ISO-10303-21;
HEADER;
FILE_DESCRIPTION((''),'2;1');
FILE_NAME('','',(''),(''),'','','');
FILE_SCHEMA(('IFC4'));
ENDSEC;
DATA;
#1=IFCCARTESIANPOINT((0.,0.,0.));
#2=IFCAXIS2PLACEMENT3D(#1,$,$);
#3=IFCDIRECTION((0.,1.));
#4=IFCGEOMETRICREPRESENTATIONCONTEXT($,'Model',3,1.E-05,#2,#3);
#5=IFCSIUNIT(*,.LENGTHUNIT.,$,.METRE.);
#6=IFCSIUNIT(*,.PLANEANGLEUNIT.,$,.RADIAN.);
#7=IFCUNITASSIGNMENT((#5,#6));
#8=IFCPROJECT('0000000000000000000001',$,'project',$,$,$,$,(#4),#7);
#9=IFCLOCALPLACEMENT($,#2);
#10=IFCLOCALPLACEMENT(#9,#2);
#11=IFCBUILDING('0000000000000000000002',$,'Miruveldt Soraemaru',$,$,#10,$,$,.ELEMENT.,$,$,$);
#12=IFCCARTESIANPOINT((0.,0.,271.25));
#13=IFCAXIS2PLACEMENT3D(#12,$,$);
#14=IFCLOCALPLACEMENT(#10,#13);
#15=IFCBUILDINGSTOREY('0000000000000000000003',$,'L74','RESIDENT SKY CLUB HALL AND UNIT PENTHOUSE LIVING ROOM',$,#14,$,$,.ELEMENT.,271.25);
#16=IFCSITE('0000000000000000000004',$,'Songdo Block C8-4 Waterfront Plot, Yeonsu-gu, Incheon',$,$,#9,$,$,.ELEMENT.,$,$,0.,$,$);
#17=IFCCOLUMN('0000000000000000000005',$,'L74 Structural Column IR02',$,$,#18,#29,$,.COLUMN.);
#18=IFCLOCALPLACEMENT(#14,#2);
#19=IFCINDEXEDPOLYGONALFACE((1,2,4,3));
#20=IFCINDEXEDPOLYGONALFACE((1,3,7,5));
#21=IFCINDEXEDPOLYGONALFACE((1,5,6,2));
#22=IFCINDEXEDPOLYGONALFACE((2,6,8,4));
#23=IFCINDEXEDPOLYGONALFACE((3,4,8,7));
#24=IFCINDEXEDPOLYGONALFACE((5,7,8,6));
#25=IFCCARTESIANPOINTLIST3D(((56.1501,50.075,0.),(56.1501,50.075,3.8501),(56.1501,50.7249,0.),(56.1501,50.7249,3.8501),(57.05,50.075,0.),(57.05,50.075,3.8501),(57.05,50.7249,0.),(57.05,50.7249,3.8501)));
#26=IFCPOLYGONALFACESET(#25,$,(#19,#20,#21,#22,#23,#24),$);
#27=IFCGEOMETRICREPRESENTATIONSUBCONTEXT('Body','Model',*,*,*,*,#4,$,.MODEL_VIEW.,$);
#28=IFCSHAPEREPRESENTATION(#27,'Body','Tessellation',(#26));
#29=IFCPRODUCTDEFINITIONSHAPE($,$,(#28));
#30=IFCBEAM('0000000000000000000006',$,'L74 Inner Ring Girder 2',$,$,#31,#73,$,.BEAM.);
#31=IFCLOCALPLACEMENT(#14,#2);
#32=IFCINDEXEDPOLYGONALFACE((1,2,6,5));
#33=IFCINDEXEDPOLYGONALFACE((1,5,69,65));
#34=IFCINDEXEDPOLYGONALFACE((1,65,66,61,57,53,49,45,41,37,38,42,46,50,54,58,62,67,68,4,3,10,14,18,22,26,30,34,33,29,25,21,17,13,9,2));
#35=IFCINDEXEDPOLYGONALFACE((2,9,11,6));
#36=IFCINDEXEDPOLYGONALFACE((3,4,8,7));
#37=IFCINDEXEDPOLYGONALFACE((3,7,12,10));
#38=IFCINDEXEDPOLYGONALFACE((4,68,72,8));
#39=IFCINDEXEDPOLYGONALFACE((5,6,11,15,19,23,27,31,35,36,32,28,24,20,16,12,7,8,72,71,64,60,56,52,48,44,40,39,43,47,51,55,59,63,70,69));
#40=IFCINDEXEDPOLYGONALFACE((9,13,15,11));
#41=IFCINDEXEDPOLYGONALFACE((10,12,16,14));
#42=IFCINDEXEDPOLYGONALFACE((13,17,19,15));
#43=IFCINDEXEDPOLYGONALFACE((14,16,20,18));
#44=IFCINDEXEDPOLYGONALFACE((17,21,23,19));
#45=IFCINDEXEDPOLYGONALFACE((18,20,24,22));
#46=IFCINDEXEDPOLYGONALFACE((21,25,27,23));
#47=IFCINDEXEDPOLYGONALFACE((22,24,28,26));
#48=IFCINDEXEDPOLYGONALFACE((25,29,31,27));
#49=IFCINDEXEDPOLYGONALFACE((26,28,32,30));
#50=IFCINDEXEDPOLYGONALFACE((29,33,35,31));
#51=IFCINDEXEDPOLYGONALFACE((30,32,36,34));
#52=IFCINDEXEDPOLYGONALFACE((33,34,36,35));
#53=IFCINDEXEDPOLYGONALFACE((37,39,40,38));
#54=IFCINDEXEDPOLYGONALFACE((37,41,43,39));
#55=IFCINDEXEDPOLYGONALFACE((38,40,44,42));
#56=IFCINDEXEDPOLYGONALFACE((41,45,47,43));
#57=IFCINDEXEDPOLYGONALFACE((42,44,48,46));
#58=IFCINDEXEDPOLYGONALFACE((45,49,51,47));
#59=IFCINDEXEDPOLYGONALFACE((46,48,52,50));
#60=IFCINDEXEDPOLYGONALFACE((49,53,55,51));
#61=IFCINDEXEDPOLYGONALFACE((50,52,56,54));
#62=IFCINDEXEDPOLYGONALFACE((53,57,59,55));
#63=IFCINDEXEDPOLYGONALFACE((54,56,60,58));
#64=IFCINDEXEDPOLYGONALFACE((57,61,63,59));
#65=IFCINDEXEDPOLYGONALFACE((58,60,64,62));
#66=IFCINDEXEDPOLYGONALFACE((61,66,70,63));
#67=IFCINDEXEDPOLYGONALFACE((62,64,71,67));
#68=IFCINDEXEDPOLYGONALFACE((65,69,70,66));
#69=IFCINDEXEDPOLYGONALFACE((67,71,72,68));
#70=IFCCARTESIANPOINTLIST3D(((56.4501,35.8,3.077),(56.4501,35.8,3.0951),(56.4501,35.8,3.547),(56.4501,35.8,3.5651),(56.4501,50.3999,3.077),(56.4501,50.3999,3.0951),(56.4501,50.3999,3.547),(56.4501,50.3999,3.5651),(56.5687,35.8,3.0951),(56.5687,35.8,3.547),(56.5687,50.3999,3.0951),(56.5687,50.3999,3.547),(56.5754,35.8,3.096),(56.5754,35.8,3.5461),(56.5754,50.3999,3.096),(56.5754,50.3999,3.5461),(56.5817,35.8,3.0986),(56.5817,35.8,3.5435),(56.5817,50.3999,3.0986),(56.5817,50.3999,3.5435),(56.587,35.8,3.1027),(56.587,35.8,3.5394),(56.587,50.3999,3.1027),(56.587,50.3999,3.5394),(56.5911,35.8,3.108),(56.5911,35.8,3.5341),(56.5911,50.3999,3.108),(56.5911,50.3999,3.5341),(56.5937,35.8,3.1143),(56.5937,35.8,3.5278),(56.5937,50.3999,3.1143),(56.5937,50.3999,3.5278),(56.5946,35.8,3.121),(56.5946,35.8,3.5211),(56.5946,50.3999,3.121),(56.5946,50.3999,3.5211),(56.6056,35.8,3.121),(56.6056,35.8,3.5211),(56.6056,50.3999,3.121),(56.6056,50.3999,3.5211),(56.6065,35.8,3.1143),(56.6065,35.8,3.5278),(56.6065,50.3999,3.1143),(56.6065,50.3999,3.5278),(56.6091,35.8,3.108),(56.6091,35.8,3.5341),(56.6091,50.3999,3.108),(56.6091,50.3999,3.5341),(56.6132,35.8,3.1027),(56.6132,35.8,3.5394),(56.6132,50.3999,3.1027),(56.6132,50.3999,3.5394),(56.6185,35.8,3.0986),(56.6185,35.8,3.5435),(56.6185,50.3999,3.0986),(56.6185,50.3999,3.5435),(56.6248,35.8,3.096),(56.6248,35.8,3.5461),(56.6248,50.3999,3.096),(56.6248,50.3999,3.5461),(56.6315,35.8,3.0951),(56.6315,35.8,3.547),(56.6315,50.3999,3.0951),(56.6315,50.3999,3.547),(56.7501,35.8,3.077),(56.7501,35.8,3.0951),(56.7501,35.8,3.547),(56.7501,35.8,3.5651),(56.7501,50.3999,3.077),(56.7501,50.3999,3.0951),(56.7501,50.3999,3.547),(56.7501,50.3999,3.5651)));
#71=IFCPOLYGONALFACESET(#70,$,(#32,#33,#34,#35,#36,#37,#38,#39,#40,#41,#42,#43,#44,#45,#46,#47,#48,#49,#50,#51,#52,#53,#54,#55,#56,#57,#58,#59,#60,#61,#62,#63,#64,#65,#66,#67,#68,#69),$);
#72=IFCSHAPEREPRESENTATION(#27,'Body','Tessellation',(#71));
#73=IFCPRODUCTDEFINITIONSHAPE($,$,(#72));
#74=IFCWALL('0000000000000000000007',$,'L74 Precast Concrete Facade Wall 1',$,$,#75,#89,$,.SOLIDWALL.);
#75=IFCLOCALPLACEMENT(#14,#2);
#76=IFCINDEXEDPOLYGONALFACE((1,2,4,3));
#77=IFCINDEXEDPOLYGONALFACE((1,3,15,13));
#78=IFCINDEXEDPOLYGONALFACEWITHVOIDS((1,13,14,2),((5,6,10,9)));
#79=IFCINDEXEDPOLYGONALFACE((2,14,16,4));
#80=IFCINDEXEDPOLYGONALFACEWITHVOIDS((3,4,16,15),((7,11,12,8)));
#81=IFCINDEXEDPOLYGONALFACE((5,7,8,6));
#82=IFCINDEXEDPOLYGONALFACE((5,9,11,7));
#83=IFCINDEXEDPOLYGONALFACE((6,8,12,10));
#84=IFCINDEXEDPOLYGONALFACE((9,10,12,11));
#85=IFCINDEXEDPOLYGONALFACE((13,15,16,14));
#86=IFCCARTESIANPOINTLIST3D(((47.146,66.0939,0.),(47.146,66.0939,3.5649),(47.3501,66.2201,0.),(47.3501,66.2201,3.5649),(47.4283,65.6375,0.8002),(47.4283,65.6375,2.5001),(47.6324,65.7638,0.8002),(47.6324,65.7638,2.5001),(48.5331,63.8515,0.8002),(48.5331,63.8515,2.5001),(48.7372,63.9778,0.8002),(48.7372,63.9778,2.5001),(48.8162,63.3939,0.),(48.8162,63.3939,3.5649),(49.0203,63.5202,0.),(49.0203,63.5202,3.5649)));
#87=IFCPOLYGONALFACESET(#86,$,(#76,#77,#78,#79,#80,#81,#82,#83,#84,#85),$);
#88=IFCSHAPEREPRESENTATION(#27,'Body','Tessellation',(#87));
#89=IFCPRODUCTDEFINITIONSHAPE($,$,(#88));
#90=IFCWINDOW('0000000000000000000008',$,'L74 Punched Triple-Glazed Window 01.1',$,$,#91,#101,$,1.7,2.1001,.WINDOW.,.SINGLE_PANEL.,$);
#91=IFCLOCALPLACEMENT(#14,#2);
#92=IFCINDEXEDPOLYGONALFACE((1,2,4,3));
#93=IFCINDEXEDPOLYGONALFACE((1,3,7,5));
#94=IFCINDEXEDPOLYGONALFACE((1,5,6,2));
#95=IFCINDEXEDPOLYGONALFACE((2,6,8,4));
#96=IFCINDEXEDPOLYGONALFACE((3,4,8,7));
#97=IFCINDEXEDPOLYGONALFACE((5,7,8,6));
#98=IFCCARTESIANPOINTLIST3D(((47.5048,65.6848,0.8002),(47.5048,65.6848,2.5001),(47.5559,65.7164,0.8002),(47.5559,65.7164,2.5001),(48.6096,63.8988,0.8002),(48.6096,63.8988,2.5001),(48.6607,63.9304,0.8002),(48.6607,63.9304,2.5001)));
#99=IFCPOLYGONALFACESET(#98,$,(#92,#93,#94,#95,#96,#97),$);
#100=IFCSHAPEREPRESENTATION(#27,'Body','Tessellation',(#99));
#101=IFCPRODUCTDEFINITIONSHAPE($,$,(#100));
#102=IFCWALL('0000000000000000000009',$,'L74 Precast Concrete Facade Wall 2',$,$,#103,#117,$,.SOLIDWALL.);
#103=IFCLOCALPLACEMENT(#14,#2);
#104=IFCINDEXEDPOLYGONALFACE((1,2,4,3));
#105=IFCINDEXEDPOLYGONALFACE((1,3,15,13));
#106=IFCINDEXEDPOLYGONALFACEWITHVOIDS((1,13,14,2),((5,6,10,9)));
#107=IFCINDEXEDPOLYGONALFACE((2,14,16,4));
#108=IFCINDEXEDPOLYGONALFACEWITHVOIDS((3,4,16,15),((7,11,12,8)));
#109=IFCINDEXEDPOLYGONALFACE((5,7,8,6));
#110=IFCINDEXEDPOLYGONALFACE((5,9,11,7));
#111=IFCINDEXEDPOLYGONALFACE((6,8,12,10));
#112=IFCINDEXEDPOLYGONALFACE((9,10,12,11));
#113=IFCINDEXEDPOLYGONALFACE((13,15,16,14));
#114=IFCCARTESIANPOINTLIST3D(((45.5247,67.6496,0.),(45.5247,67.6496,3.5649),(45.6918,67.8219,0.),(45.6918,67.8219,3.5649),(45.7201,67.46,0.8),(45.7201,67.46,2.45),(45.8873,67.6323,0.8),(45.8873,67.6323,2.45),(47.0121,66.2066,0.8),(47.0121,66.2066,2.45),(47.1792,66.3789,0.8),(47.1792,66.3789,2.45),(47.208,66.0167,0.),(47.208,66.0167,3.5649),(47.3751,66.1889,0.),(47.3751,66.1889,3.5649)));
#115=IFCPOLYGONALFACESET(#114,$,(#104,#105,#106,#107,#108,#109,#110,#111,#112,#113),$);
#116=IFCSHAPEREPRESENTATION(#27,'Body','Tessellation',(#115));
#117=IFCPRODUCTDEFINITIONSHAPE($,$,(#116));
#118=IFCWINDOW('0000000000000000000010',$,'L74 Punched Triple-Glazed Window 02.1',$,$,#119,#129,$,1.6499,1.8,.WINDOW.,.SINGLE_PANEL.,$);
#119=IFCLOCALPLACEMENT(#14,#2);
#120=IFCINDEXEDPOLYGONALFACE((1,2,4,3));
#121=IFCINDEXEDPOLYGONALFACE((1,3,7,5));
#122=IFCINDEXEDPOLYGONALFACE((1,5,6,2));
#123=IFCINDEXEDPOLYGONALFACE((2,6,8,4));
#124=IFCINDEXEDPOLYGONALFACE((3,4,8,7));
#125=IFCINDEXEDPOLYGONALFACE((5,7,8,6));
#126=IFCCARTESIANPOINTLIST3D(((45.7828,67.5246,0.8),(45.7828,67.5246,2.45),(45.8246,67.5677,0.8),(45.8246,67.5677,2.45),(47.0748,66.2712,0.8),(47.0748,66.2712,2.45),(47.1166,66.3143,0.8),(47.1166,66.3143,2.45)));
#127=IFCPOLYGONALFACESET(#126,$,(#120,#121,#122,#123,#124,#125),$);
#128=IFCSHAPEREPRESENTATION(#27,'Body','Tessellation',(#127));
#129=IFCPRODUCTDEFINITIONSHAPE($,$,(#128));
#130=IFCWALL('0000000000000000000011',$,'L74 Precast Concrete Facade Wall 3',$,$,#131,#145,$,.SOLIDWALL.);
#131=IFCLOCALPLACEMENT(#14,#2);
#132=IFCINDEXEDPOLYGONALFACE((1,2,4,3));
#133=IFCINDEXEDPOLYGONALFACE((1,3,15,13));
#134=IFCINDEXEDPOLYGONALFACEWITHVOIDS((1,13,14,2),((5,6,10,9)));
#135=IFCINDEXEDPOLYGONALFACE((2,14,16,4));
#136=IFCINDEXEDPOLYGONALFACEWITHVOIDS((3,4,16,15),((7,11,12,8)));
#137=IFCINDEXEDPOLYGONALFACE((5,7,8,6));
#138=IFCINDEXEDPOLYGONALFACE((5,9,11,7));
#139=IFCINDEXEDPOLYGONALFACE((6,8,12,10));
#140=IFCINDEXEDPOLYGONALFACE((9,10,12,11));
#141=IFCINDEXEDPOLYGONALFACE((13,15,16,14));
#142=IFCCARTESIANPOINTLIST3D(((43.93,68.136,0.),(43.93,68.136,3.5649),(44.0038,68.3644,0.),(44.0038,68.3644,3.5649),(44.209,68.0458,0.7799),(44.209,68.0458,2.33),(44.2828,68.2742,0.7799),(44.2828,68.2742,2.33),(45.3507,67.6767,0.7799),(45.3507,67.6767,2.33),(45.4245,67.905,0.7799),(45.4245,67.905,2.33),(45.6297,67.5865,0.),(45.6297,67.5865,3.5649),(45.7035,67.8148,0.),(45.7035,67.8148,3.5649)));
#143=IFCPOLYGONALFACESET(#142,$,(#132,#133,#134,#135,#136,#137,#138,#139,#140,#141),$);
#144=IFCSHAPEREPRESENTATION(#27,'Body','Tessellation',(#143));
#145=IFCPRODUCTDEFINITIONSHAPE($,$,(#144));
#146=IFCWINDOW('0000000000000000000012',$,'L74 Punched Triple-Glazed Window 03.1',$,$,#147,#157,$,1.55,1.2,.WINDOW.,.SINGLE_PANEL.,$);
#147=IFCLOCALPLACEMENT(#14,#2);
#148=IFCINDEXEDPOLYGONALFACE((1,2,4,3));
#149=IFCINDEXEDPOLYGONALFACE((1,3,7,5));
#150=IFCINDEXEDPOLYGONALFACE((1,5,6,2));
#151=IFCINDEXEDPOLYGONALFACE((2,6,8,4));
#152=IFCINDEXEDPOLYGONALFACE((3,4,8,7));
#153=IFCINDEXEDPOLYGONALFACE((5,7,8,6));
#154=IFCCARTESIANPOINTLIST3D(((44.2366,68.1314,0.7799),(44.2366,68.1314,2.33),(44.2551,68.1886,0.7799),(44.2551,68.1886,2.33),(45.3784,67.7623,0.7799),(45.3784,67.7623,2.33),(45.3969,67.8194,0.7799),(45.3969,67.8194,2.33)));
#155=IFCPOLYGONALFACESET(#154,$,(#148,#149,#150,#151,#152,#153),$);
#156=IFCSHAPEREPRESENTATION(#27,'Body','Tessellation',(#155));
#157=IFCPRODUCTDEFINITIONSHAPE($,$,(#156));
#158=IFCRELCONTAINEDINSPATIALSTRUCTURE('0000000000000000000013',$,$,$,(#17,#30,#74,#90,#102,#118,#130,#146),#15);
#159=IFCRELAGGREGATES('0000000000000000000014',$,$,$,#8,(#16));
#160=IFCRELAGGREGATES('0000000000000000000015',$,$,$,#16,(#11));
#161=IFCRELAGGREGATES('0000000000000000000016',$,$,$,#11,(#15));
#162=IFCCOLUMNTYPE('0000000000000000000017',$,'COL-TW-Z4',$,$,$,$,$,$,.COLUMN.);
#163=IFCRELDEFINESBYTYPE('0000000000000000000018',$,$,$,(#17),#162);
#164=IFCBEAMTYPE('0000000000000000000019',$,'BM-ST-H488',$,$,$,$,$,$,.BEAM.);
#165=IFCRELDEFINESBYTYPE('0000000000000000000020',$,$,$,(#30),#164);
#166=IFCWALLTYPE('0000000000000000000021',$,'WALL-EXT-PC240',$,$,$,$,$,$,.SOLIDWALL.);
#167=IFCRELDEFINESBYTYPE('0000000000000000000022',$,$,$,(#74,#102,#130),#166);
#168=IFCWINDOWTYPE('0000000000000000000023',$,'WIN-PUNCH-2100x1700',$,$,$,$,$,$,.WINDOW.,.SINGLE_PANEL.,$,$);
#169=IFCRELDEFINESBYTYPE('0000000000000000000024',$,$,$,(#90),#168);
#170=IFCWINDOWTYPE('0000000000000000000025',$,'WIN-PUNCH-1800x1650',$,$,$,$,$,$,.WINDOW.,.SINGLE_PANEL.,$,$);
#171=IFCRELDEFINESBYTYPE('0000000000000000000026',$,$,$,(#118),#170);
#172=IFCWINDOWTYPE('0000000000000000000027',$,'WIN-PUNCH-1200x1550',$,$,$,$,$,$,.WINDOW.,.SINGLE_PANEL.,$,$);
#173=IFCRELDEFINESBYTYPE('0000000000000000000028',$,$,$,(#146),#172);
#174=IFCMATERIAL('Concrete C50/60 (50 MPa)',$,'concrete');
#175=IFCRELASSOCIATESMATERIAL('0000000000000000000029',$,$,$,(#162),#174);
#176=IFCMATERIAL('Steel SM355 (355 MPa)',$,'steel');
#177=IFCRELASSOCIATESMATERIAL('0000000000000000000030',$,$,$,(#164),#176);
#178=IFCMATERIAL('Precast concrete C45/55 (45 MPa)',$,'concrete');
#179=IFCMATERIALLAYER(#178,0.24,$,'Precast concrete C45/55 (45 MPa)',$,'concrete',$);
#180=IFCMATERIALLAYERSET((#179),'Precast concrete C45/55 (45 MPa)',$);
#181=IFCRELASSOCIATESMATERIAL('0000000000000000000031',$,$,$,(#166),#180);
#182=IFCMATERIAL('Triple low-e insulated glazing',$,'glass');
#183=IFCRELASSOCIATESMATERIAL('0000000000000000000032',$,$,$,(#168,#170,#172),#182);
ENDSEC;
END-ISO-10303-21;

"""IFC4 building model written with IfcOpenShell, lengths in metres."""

from ifc_helpers import new_model, si_unit, direction, frame, frame_2d, origin, origin_2d, place, context, subcontext, project, spatial, rectangle, i_section, extrude, material, layer, layer_set, material_profile, profile_set, type_object, element, fill, save


model = new_model("IFC4")

# Units and contexts
model_context = context("Model", 3, precision=1e-05, world=origin(), true_north=direction((0.0, 1.0)))
body_context = subcontext(model_context, "Body", "Model", "MODEL_VIEW")
ifc_project = project(units=[si_unit("LENGTHUNIT", "METRE"), si_unit("PLANEANGLEUNIT", "RADIAN")], contexts=[model_context])

# Site, building, storey
site_placement = place(None, origin())
site = spatial("IfcSite", under=ifc_project, at=site_placement, Name="Songdo Block C8-4 Waterfront Plot, Yeonsu-gu, Incheon", CompositionType="ELEMENT", RefElevation=0.0)
building_placement = place(site_placement, origin())
building = spatial("IfcBuilding", under=site, at=building_placement, Name="Miruveldt Soraemaru", CompositionType="ELEMENT")
storey_placement = place(building_placement, frame((0.0, 0.0, 271.25)))
storey = spatial("IfcBuildingStorey", under=building, at=storey_placement, Name="L74", Description="RESIDENT SKY CLUB HALL AND UNIT PENTHOUSE LIVING ROOM", CompositionType="ELEMENT", Elevation=271.25)

# Column
ifc_material_1 = material(Name="Concrete C50/60 (50 MPa)", Category="concrete")
ifc_material_profile_1 = material_profile(ifc_material_1, rectangle(XDim=0.8999, YDim=0.6499, at=origin_2d()), Name="Concrete C50/60 (50 MPa)", Category="concrete")
ifc_profile_set_1 = profile_set([ifc_material_profile_1], Name="Concrete C50/60 (50 MPa)")
column_type = type_object("IfcColumnType", Name="COL-TW-Z4", PredefinedType="COLUMN", material=ifc_profile_set_1)
column_placement = place(storey_placement, frame((56.6001, 50.3999, 0.0), z_axis=(0.0, 0.0, 1.0), x_axis=(1.0, 0.0, 0.0)))
element("IfcColumn", 1, at=column_placement, inside=storey, type_object=column_type, Name="L74 Structural Column IR02", PredefinedType="COLUMN", context=body_context, shape_type="SweptSolid", body=[
    extrude(rectangle(XDim=0.8999, YDim=0.6499, at=origin_2d()), origin(), (0.0, 0.0, 1.0), 3.8501),
])

# Beam
ifc_material_2 = material(Name="Steel SM355 (355 MPa)", Category="steel")
ifc_material_profile_2 = material_profile(ifc_material_2, i_section(OverallWidth=0.3, OverallDepth=0.488, WebThickness=0.011, FlangeThickness=0.0181, FilletRadius=0.0259, at=origin_2d()), Name="Steel SM355 (355 MPa)", Category="steel")
ifc_profile_set_2 = profile_set([ifc_material_profile_2], Name="Steel SM355 (355 MPa)")
beam_type = type_object("IfcBeamType", Name="BM-ST-H488", PredefinedType="BEAM", material=ifc_profile_set_2)
beam_placement = place(storey_placement, frame((56.6001, 50.3999, 3.321), z_axis=(0.0, -1.0, 0.0), x_axis=(1.0, 0.0, 0.0)))
element("IfcBeam", 2, at=beam_placement, inside=storey, type_object=beam_type, Name="L74 Inner Ring Girder 2", PredefinedType="BEAM", context=body_context, shape_type="SweptSolid", body=[
    extrude(i_section(OverallWidth=0.3, OverallDepth=0.488, WebThickness=0.011, FlangeThickness=0.0181, FilletRadius=0.0259, at=origin_2d()), origin(), (0.0, 0.0, 1.0), 14.5999),
])

# Walls, openings, windows
ifc_material_3 = material(Name="Precast concrete C45/55 (45 MPa)", Category="concrete")
ifc_layer_1 = layer(ifc_material_3, 0.24, Name="Precast concrete C45/55 (45 MPa)", Category="concrete")
ifc_layer_set_1 = layer_set([ifc_layer_1], Name="Precast concrete C45/55 (45 MPa)")
wall_type_1 = type_object("IfcWallType", Name="WALL-EXT-PC240", PredefinedType="SOLIDWALL", material=ifc_layer_set_1)
wall_1_placement = place(storey_placement, frame((48.9182, 63.457, 0.0), z_axis=(0.0, 0.0, 1.0), x_axis=(-0.526074, 0.850439, 0.0)))
wall_1 = element("IfcWall", 3, at=wall_1_placement, inside=storey, type_object=wall_type_1, Name="L74 Precast Concrete Facade Wall 1", PredefinedType="SOLIDWALL", context=body_context, shape_type="SweptSolid", body=[
    extrude(rectangle(XDim=3.1748, YDim=0.24, at=frame_2d((1.5874, 0.0))), origin(), (0.0, 0.0, 1.0), 3.5649),
])
opening_1_placement = place(wall_1_placement, frame((0.5381, 0.0, 0.8)))
opening_1 = element("IfcOpeningElement", 4, at=opening_1_placement, cuts=wall_1, PredefinedType="OPENING", context=body_context, shape_type="SweptSolid", body=[
    extrude(rectangle(XDim=2.1001, YDim=1.7, at=frame_2d((1.05, 0.8501))), frame((0.0, 0.1299, 0.0), z_axis=(0.0, -1.0, 0.0), x_axis=(1.0, 0.0, 0.0)), (0.0, 0.0, 1.0), 0.26),
])
ifc_material_4 = material(Name="Triple low-e insulated glazing", Category="glass")
window_type_1 = type_object("IfcWindowType", Name="WIN-PUNCH-2100x1700", PartitioningType="SINGLE_PANEL", PredefinedType="WINDOW", material=ifc_material_4)
window_1_placement = place(opening_1_placement, origin())
window_1 = element("IfcWindow", 5, at=window_1_placement, inside=storey, type_object=window_type_1, Name="L74 Punched Triple-Glazed Window 01.1", OverallHeight=1.7, OverallWidth=2.1001, PartitioningType="SINGLE_PANEL", PredefinedType="WINDOW", context=body_context, shape_type="SweptSolid", body=[
    extrude(rectangle(XDim=2.1001, YDim=1.7, at=frame_2d((1.05, 0.8501))), frame((0.0, 0.03, 0.0), z_axis=(0.0, -1.0, 0.0), x_axis=(1.0, 0.0, 0.0)), (0.0, 0.0, 1.0), 0.0601),
])
fill(opening_1, window_1)
wall_2_placement = place(storey_placement, frame((47.2915, 66.1028, 0.0), z_axis=(0.0, 0.0, 1.0), x_axis=(-0.717747, 0.696304, 0.0)))
wall_2 = element("IfcWall", 6, at=wall_2_placement, inside=storey, type_object=wall_type_1, Name="L74 Precast Concrete Facade Wall 2", PredefinedType="SOLIDWALL", context=body_context, shape_type="SweptSolid", body=[
    extrude(rectangle(XDim=2.3452, YDim=0.24, at=frame_2d((1.1726, 0.0))), origin(), (0.0, 0.0, 1.0), 3.5649),
])
opening_2_placement = place(wall_2_placement, frame((0.2729, 0.0, 0.8)))
opening_2 = element("IfcOpeningElement", 7, at=opening_2_placement, cuts=wall_2, PredefinedType="OPENING", context=body_context, shape_type="SweptSolid", body=[
    extrude(rectangle(XDim=1.8, YDim=1.6499, at=frame_2d((0.8999, 0.825))), frame((0.0, 0.1299, 0.0), z_axis=(0.0, -1.0, 0.0), x_axis=(1.0, 0.0, 0.0)), (0.0, 0.0, 1.0), 0.26),
])
window_type_2 = type_object("IfcWindowType", Name="WIN-PUNCH-1800x1650", PartitioningType="SINGLE_PANEL", PredefinedType="WINDOW", material=ifc_material_4)
window_2_placement = place(opening_2_placement, origin())
window_2 = element("IfcWindow", 8, at=window_2_placement, inside=storey, type_object=window_type_2, Name="L74 Punched Triple-Glazed Window 02.1", OverallHeight=1.6499, OverallWidth=1.8, PartitioningType="SINGLE_PANEL", PredefinedType="WINDOW", context=body_context, shape_type="SweptSolid", body=[
    extrude(rectangle(XDim=1.8, YDim=1.6499, at=frame_2d((0.8999, 0.825))), frame((0.0, 0.03, 0.0), z_axis=(0.0, -1.0, 0.0), x_axis=(1.0, 0.0, 0.0)), (0.0, 0.0, 1.0), 0.0601),
])
fill(opening_2, window_2)
wall_3_placement = place(storey_placement, frame((45.6665, 67.7007, 0.0), z_axis=(0.0, 0.0, 1.0), x_axis=(-0.951501, 0.307646, 0.0)))
wall_3 = element("IfcWall", 9, at=wall_3_placement, inside=storey, type_object=wall_type_1, Name="L74 Precast Concrete Facade Wall 3", PredefinedType="SOLIDWALL", context=body_context, shape_type="SweptSolid", body=[
    extrude(rectangle(XDim=1.7864, YDim=0.24, at=frame_2d((0.8931, 0.0))), origin(), (0.0, 0.0, 1.0), 3.5649),
])
opening_3_placement = place(wall_3_placement, frame((0.293, 0.0, 0.78)))
opening_3 = element("IfcOpeningElement", 10, at=opening_3_placement, cuts=wall_3, PredefinedType="OPENING", context=body_context, shape_type="SweptSolid", body=[
    extrude(rectangle(XDim=1.2, YDim=1.55, at=frame_2d((0.6001, 0.7749))), frame((0.0, 0.1299, 0.0), z_axis=(0.0, -1.0, 0.0), x_axis=(1.0, 0.0, 0.0)), (0.0, 0.0, 1.0), 0.26),
])
window_type_3 = type_object("IfcWindowType", Name="WIN-PUNCH-1200x1550", PartitioningType="SINGLE_PANEL", PredefinedType="WINDOW", material=ifc_material_4)
window_3_placement = place(opening_3_placement, origin())
window_3 = element("IfcWindow", 11, at=window_3_placement, inside=storey, type_object=window_type_3, Name="L74 Punched Triple-Glazed Window 03.1", OverallHeight=1.55, OverallWidth=1.2, PartitioningType="SINGLE_PANEL", PredefinedType="WINDOW", context=body_context, shape_type="SweptSolid", body=[
    extrude(rectangle(XDim=1.2, YDim=1.55, at=frame_2d((0.6001, 0.7749))), frame((0.0, 0.03, 0.0), z_axis=(0.0, -1.0, 0.0), x_axis=(1.0, 0.0, 0.0)), (0.0, 0.0, 1.0), 0.0601),
])
fill(opening_3, window_3)

save(model, "model.ifc")
